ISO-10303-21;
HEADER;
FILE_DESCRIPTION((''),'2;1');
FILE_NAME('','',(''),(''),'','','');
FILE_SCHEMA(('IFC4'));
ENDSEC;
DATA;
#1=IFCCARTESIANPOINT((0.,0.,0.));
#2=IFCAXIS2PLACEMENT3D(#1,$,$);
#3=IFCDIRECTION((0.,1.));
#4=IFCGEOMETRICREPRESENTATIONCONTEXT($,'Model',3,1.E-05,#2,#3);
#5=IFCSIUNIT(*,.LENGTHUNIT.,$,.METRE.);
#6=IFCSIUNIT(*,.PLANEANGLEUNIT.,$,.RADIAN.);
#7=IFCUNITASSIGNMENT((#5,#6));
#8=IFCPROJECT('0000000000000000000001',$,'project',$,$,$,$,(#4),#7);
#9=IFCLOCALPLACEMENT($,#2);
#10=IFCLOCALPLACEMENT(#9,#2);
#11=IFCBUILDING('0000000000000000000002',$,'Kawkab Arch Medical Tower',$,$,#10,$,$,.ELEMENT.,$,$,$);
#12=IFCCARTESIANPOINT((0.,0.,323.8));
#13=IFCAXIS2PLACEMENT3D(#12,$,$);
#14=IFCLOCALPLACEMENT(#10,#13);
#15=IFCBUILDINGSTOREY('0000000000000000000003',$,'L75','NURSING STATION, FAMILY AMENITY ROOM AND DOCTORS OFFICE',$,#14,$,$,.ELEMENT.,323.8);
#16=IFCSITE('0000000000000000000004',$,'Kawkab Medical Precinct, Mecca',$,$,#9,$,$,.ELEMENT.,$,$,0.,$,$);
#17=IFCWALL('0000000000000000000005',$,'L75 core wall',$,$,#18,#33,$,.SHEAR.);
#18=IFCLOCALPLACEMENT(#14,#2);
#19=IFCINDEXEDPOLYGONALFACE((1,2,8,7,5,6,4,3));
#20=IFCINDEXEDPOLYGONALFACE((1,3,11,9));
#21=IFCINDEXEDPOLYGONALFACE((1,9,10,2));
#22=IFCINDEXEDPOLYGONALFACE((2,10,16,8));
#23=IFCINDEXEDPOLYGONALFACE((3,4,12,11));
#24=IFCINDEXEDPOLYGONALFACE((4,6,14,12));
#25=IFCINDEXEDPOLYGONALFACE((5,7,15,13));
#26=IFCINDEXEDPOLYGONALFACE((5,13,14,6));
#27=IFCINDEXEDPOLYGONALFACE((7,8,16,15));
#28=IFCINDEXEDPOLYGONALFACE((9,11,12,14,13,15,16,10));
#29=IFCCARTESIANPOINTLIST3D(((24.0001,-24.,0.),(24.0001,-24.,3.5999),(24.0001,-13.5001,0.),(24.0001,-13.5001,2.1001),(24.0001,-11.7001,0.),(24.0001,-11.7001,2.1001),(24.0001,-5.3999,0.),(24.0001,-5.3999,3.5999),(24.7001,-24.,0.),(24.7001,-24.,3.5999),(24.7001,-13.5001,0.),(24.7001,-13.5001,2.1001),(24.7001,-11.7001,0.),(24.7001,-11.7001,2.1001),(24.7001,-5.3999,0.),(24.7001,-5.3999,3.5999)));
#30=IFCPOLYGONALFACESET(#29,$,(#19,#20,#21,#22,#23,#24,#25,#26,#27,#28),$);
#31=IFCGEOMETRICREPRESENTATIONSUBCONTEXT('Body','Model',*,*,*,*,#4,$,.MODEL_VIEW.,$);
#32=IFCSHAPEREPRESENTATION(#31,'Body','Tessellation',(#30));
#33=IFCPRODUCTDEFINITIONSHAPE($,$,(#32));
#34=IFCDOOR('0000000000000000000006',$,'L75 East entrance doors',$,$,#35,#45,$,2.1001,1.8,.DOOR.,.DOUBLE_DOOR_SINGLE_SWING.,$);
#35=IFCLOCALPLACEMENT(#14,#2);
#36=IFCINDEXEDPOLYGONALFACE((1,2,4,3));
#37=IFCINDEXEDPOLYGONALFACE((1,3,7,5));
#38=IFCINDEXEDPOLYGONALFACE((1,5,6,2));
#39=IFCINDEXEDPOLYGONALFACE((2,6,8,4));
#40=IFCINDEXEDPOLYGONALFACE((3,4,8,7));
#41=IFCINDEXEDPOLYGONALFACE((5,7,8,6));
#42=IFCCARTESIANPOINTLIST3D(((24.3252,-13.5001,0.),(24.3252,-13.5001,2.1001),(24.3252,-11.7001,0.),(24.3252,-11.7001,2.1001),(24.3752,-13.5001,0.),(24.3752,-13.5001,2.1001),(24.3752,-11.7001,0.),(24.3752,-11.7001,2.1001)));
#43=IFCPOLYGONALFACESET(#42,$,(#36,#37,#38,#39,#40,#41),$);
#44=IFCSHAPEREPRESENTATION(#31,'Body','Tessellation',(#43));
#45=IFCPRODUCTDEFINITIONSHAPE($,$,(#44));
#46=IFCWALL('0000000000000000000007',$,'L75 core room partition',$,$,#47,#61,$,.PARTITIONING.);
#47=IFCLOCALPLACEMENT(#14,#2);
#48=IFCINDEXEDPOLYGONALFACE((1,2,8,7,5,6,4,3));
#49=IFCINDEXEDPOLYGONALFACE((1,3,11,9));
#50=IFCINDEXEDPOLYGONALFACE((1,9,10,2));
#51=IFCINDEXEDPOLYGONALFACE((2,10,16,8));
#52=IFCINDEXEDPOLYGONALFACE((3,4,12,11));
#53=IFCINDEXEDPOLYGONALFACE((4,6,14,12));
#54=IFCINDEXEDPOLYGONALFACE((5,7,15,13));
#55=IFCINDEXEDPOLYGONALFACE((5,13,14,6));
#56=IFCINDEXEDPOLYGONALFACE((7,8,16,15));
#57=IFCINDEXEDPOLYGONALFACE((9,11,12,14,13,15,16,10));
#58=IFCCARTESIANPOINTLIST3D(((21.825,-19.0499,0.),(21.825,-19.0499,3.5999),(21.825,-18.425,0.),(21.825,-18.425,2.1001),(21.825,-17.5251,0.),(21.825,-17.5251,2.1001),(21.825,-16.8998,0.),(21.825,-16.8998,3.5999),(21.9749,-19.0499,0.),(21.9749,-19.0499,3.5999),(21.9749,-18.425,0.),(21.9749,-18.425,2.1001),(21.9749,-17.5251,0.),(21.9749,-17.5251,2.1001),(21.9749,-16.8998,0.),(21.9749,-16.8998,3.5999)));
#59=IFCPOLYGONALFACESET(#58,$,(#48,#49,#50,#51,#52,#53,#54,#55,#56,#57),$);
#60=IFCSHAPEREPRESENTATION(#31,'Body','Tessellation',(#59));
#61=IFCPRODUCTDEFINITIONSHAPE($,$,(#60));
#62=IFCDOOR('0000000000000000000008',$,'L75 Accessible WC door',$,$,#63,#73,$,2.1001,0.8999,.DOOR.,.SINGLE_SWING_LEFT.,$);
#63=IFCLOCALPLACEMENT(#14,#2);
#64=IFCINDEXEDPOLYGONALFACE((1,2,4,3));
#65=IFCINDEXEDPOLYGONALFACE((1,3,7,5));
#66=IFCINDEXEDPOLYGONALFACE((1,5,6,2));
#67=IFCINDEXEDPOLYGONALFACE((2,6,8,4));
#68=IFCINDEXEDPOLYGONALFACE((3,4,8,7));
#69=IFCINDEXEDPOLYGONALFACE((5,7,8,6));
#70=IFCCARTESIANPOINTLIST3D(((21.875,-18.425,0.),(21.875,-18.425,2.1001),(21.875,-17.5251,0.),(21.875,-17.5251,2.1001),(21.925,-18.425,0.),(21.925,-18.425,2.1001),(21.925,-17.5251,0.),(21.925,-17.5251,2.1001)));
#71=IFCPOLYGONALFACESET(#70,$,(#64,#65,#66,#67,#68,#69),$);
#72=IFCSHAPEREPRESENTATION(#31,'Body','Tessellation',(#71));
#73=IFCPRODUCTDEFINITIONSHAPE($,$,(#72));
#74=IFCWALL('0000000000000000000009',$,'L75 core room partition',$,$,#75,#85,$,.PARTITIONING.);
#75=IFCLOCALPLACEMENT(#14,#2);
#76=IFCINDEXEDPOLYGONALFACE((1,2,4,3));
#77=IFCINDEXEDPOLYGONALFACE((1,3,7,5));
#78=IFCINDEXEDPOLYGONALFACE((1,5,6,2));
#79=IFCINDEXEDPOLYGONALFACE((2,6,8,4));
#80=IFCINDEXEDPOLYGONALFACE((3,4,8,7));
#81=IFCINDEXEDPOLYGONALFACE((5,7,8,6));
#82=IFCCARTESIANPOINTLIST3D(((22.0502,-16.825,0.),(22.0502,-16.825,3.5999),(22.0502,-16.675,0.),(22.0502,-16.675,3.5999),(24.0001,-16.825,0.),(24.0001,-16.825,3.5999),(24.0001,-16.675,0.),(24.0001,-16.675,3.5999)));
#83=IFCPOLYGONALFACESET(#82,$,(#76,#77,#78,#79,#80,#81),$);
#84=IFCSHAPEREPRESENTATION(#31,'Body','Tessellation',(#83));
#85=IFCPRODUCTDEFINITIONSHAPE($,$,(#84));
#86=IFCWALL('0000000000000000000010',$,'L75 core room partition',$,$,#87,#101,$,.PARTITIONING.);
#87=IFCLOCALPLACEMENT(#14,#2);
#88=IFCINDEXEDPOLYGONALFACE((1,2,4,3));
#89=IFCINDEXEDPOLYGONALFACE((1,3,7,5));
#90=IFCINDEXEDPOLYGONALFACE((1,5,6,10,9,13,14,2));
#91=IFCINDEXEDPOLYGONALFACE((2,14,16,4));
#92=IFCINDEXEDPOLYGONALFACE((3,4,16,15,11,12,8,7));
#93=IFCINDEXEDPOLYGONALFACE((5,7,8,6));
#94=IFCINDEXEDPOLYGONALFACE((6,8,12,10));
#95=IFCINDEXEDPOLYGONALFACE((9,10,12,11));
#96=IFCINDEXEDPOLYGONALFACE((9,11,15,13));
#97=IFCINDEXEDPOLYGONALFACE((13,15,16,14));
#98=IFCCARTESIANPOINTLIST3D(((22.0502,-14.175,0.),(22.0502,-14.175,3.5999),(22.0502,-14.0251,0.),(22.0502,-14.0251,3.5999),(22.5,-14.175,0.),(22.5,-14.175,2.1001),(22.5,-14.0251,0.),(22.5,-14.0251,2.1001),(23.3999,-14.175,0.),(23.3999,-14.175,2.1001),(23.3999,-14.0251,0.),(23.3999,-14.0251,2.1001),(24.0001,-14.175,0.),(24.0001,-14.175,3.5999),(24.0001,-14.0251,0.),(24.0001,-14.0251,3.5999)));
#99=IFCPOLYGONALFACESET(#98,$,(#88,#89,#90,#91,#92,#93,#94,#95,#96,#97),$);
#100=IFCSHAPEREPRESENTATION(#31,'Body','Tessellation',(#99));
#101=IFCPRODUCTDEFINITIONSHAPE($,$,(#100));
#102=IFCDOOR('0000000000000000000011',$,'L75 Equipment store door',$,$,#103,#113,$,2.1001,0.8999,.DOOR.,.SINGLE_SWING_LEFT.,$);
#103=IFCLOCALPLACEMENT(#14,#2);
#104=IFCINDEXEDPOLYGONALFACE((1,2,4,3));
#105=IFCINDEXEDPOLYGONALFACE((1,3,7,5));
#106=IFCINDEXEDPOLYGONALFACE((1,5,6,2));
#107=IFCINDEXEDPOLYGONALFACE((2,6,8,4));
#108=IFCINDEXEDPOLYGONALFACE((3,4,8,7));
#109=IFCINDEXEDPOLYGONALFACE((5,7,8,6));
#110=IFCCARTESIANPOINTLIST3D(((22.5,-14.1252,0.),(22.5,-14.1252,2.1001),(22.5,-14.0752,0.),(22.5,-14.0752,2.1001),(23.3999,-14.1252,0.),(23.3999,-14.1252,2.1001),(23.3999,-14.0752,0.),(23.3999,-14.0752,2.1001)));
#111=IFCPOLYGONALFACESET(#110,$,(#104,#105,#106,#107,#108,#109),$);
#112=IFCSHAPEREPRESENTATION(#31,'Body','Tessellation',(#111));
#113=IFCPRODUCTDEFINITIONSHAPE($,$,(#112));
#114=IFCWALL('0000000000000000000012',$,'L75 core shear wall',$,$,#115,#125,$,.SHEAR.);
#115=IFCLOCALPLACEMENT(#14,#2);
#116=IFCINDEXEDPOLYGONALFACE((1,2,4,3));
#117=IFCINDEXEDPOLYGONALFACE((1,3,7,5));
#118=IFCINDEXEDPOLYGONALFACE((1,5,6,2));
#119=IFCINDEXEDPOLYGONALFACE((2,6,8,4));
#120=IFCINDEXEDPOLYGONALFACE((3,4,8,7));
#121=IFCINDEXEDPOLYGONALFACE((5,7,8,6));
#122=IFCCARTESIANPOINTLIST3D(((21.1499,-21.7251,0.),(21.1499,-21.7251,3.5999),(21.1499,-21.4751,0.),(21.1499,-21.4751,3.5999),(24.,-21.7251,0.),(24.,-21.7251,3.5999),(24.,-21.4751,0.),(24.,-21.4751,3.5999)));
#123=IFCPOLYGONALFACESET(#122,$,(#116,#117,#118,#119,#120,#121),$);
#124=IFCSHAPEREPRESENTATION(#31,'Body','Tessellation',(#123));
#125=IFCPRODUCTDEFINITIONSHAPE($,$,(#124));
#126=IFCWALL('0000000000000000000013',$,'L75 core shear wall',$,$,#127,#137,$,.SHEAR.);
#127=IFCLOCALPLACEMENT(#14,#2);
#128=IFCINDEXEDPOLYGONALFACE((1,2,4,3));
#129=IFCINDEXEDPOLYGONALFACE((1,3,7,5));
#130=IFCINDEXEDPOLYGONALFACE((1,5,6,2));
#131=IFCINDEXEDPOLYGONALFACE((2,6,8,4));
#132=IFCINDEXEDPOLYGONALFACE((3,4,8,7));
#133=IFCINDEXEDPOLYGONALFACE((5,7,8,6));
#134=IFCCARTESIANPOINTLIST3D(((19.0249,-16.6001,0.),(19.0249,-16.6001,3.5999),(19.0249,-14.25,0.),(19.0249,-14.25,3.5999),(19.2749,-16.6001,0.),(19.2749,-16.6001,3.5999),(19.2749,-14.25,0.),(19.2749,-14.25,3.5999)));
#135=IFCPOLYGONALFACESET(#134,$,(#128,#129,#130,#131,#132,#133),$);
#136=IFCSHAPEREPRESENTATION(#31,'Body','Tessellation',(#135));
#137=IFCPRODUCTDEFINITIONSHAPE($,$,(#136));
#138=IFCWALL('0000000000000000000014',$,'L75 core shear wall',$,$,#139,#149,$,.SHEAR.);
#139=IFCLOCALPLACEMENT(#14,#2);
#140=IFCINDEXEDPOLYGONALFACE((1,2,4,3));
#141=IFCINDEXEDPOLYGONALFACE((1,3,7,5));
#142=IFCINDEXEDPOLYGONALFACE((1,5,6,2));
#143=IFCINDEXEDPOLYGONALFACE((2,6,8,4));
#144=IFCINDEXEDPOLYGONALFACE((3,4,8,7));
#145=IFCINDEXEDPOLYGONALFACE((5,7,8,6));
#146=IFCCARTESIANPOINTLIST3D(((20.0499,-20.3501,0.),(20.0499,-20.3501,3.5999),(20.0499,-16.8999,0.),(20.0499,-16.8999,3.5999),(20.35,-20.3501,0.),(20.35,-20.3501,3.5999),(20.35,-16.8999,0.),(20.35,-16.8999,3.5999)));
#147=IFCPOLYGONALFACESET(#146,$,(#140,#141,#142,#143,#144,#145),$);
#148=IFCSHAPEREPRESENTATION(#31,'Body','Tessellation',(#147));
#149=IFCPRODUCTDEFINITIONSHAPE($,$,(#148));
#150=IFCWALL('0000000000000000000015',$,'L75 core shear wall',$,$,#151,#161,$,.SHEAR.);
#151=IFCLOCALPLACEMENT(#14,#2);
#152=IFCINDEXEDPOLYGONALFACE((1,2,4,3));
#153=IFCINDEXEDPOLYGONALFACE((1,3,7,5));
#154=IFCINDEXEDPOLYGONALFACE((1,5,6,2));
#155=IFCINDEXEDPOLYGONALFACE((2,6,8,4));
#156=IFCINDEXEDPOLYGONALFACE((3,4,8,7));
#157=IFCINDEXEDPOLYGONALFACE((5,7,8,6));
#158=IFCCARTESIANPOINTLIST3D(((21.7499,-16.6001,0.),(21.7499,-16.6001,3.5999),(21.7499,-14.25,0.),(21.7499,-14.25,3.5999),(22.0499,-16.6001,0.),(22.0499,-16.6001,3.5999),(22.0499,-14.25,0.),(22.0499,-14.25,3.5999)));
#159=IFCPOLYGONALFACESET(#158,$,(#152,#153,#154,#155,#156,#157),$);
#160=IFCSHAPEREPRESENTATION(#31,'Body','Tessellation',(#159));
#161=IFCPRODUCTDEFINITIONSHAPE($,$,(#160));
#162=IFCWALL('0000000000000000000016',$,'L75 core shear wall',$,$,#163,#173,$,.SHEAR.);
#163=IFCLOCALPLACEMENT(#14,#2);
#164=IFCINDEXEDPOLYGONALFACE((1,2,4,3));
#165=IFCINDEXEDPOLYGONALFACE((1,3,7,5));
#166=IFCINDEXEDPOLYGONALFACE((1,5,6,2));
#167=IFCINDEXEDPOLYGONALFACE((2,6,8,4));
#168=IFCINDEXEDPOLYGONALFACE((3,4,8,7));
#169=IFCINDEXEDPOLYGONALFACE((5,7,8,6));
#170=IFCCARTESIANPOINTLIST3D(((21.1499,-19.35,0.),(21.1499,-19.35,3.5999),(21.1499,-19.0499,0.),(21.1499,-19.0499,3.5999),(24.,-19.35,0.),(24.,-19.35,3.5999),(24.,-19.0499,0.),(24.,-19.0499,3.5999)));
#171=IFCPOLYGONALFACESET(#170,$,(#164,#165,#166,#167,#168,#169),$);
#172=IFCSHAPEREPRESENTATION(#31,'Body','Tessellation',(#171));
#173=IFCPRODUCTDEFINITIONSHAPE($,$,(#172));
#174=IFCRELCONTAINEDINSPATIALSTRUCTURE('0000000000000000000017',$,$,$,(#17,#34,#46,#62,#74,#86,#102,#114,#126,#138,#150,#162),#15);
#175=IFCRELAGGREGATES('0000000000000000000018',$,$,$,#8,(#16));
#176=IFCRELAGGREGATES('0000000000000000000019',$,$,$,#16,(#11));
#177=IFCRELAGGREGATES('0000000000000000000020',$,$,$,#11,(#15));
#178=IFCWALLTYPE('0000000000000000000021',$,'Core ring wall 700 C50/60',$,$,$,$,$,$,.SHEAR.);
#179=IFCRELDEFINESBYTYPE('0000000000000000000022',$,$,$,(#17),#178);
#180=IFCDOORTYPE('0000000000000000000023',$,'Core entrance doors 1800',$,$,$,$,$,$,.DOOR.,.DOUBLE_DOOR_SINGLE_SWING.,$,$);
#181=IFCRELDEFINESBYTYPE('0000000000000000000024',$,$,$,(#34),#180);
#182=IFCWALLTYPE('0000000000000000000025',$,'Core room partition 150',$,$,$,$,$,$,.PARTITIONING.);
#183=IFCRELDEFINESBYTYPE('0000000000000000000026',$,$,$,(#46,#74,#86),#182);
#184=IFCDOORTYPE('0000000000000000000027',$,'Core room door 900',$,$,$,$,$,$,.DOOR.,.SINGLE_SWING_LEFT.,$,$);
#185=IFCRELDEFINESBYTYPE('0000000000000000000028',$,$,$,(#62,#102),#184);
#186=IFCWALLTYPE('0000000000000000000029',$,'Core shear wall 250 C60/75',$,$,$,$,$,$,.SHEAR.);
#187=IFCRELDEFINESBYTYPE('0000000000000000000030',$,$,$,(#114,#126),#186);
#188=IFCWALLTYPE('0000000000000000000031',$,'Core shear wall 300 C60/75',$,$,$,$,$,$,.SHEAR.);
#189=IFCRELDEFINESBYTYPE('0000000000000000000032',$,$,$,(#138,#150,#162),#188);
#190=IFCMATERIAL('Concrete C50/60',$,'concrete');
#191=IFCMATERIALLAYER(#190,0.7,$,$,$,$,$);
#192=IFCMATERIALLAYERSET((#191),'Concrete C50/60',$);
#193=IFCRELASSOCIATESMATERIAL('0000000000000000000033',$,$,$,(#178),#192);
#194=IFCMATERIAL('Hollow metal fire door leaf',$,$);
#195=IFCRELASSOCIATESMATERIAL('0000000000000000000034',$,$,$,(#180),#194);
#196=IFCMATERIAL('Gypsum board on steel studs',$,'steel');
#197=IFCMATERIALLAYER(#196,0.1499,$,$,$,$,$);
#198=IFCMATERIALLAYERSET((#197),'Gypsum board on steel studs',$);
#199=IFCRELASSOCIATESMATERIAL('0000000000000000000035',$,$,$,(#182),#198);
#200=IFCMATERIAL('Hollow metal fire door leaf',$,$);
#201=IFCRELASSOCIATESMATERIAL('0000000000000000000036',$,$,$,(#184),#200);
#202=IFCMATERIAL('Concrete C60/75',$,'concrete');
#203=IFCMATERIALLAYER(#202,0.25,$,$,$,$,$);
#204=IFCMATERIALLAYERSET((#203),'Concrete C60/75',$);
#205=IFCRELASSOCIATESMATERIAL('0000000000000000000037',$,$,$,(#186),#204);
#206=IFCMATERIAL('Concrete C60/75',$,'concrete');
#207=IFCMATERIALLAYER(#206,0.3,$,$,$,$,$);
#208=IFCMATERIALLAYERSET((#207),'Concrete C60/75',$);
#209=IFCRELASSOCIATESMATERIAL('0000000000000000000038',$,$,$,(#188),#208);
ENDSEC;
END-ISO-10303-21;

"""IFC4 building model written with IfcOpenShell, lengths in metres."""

from ifc_helpers import new_model, si_unit, direction, frame, frame_2d, origin, place, context, subcontext, project, spatial, rectangle, extrude, material, layer, layer_set, type_object, element, fill, save


model = new_model("IFC4")

# Units and contexts
model_context = context("Model", 3, precision=1e-05, world=origin(), true_north=direction((0.0, 1.0)))
body_context = subcontext(model_context, "Body", "Model", "MODEL_VIEW")
ifc_project = project(units=[si_unit("LENGTHUNIT", "METRE"), si_unit("PLANEANGLEUNIT", "RADIAN")], contexts=[model_context])

# Site, building, storey
site_placement = place(None, origin())
site = spatial("IfcSite", under=ifc_project, at=site_placement, Name="Kawkab Medical Precinct, Mecca", CompositionType="ELEMENT", RefElevation=0.0)
building_placement = place(site_placement, origin())
building = spatial("IfcBuilding", under=site, at=building_placement, Name="Kawkab Arch Medical Tower", CompositionType="ELEMENT")
storey_placement = place(building_placement, frame((0.0, 0.0, 323.8)))
storey = spatial("IfcBuildingStorey", under=building, at=storey_placement, Name="L75", Description="NURSING STATION, FAMILY AMENITY ROOM AND DOCTORS OFFICE", CompositionType="ELEMENT", Elevation=323.8)

# Walls, openings, doors
ifc_material_1 = material(Name="Concrete C50/60", Category="concrete")
ifc_layer_1 = layer(ifc_material_1, 0.7)
ifc_layer_set_1 = layer_set([ifc_layer_1], Name="Concrete C50/60")
wall_type_1 = type_object("IfcWallType", Name="Core ring wall 700 C50/60", PredefinedType="SHEAR", material=ifc_layer_set_1)
wall_1_placement = place(storey_placement, frame((24.3501, -24.0, 0.0), z_axis=(0.0, 0.0, 1.0), x_axis=(0.0, 1.0, 0.0)))
wall_1 = element("IfcWall", 1, at=wall_1_placement, inside=storey, type_object=wall_type_1, Name="L75 core wall", PredefinedType="SHEAR", context=body_context, shape_type="SweptSolid", body=[
    extrude(rectangle(XDim=18.6001, YDim=0.7, at=frame_2d((9.3, 0.0))), origin(), (0.0, 0.0, 1.0), 3.5999),
])
opening_1_placement = place(wall_1_placement, frame((10.5, 0.0, 0.0)))
opening_1 = element("IfcOpeningElement", 2, at=opening_1_placement, cuts=wall_1, PredefinedType="OPENING", context=body_context, shape_type="SweptSolid", body=[
    extrude(rectangle(XDim=1.8, YDim=2.1001, at=frame_2d((0.8999, 1.05))), frame((0.0, 0.3599, 0.0), z_axis=(0.0, -1.0, 0.0), x_axis=(1.0, 0.0, 0.0)), (0.0, 0.0, 1.0), 0.72),
])
ifc_material_2 = material(Name="Hollow metal fire door leaf")
door_type_1 = type_object("IfcDoorType", Name="Core entrance doors 1800", OperationType="DOUBLE_DOOR_SINGLE_SWING", PredefinedType="DOOR", material=ifc_material_2)
door_1_placement = place(opening_1_placement, origin())
door_1 = element("IfcDoor", 3, at=door_1_placement, inside=storey, type_object=door_type_1, Name="L75 East entrance doors", OperationType="DOUBLE_DOOR_SINGLE_SWING", OverallHeight=2.1001, OverallWidth=1.8, PredefinedType="DOOR", context=body_context, shape_type="SweptSolid", body=[
    extrude(rectangle(XDim=1.8, YDim=2.1001, at=frame_2d((0.8999, 1.05))), frame((0.0, 0.0249, 0.0), z_axis=(0.0, -1.0, 0.0), x_axis=(1.0, 0.0, 0.0)), (0.0, 0.0, 1.0), 0.05),
])
fill(opening_1, door_1)
ifc_material_3 = material(Name="Gypsum board on steel studs", Category="steel")
ifc_layer_2 = layer(ifc_material_3, 0.1499)
ifc_layer_set_2 = layer_set([ifc_layer_2], Name="Gypsum board on steel studs")
wall_type_2 = type_object("IfcWallType", Name="Core room partition 150", PredefinedType="PARTITIONING", material=ifc_layer_set_2)
wall_2_placement = place(storey_placement, frame((21.8999, -19.05, 0.0), z_axis=(0.0, 0.0, 1.0), x_axis=(0.0, 1.0, 0.0)))
wall_2 = element("IfcWall", 4, at=wall_2_placement, inside=storey, type_object=wall_type_2, Name="L75 core room partition", PredefinedType="PARTITIONING", context=body_context, shape_type="SweptSolid", body=[
    extrude(rectangle(XDim=2.1501, YDim=0.1499, at=frame_2d((1.0752, 0.0))), origin(), (0.0, 0.0, 1.0), 3.5999),
])
opening_2_placement = place(wall_2_placement, frame((0.625, 0.0, 0.0)))
opening_2 = element("IfcOpeningElement", 5, at=opening_2_placement, cuts=wall_2, PredefinedType="OPENING", context=body_context, shape_type="SweptSolid", body=[
    extrude(rectangle(XDim=0.8999, YDim=2.1001, at=frame_2d((0.45, 1.05))), frame((0.0, 0.085, 0.0), z_axis=(0.0, -1.0, 0.0), x_axis=(1.0, 0.0, 0.0)), (0.0, 0.0, 1.0), 0.1699),
])
ifc_material_4 = material(Name="Hollow metal fire door leaf")
door_type_2 = type_object("IfcDoorType", Name="Core room door 900", OperationType="SINGLE_SWING_LEFT", PredefinedType="DOOR", material=ifc_material_4)
door_2_placement = place(opening_2_placement, origin())
door_2 = element("IfcDoor", 6, at=door_2_placement, inside=storey, type_object=door_type_2, Name="L75 Accessible WC door", OperationType="SINGLE_SWING_LEFT", OverallHeight=2.1001, OverallWidth=0.8999, PredefinedType="DOOR", context=body_context, shape_type="SweptSolid", body=[
    extrude(rectangle(XDim=0.8999, YDim=2.1001, at=frame_2d((0.45, 1.05))), frame((0.0, 0.0249, 0.0), z_axis=(0.0, -1.0, 0.0), x_axis=(1.0, 0.0, 0.0)), (0.0, 0.0, 1.0), 0.05),
])
fill(opening_2, door_2)

# Wall
wall_3_placement = place(storey_placement, frame((22.05, -16.75, 0.0), z_axis=(0.0, 0.0, 1.0), x_axis=(1.0, 0.0, 0.0)))
element("IfcWall", 7, at=wall_3_placement, inside=storey, type_object=wall_type_2, Name="L75 core room partition", PredefinedType="PARTITIONING", context=body_context, shape_type="SweptSolid", body=[
    extrude(rectangle(XDim=1.95, YDim=0.1499, at=frame_2d((0.9751, 0.0))), origin(), (0.0, 0.0, 1.0), 3.5999),
])

# Wall, opening, door
wall_4_placement = place(storey_placement, frame((22.05, -14.1001, 0.0), z_axis=(0.0, 0.0, 1.0), x_axis=(1.0, 0.0, 0.0)))
wall_4 = element("IfcWall", 8, at=wall_4_placement, inside=storey, type_object=wall_type_2, Name="L75 core room partition", PredefinedType="PARTITIONING", context=body_context, shape_type="SweptSolid", body=[
    extrude(rectangle(XDim=1.95, YDim=0.1499, at=frame_2d((0.9751, 0.0))), origin(), (0.0, 0.0, 1.0), 3.5999),
])
opening_3_placement = place(wall_4_placement, frame((0.45, 0.0, 0.0)))
opening_3 = element("IfcOpeningElement", 9, at=opening_3_placement, cuts=wall_4, PredefinedType="OPENING", context=body_context, shape_type="SweptSolid", body=[
    extrude(rectangle(XDim=0.8999, YDim=2.1001, at=frame_2d((0.45, 1.05))), frame((0.0, 0.085, 0.0), z_axis=(0.0, -1.0, 0.0), x_axis=(1.0, 0.0, 0.0)), (0.0, 0.0, 1.0), 0.1699),
])
door_3_placement = place(opening_3_placement, origin())
door_3 = element("IfcDoor", 10, at=door_3_placement, inside=storey, type_object=door_type_2, Name="L75 Equipment store door", OperationType="SINGLE_SWING_LEFT", OverallHeight=2.1001, OverallWidth=0.8999, PredefinedType="DOOR", context=body_context, shape_type="SweptSolid", body=[
    extrude(rectangle(XDim=0.8999, YDim=2.1001, at=frame_2d((0.45, 1.05))), frame((0.0, 0.0249, 0.0), z_axis=(0.0, -1.0, 0.0), x_axis=(1.0, 0.0, 0.0)), (0.0, 0.0, 1.0), 0.05),
])
fill(opening_3, door_3)

# Walls
ifc_material_5 = material(Name="Concrete C60/75", Category="concrete")
ifc_layer_3 = layer(ifc_material_5, 0.25)
ifc_layer_set_3 = layer_set([ifc_layer_3], Name="Concrete C60/75")
wall_type_3 = type_object("IfcWallType", Name="Core shear wall 250 C60/75", PredefinedType="SHEAR", material=ifc_layer_set_3)
wall_5_placement = place(storey_placement, frame((21.1499, -21.6001, 0.0), z_axis=(0.0, 0.0, 1.0), x_axis=(1.0, 0.0, 0.0)))
element("IfcWall", 11, at=wall_5_placement, inside=storey, type_object=wall_type_3, Name="L75 core shear wall", PredefinedType="SHEAR", context=body_context, shape_type="SweptSolid", body=[
    extrude(rectangle(XDim=2.8501, YDim=0.25, at=frame_2d((1.425, 0.0))), origin(), (0.0, 0.0, 1.0), 3.5999),
])
wall_6_placement = place(storey_placement, frame((19.1499, -16.6001, 0.0), z_axis=(0.0, 0.0, 1.0), x_axis=(0.0, 1.0, 0.0)))
element("IfcWall", 12, at=wall_6_placement, inside=storey, type_object=wall_type_3, Name="L75 core shear wall", PredefinedType="SHEAR", context=body_context, shape_type="SweptSolid", body=[
    extrude(rectangle(XDim=2.3501, YDim=0.25, at=frame_2d((1.175, 0.0))), origin(), (0.0, 0.0, 1.0), 3.5999),
])
ifc_material_6 = material(Name="Concrete C60/75", Category="concrete")
ifc_layer_4 = layer(ifc_material_6, 0.3)
ifc_layer_set_4 = layer_set([ifc_layer_4], Name="Concrete C60/75")
wall_type_4 = type_object("IfcWallType", Name="Core shear wall 300 C60/75", PredefinedType="SHEAR", material=ifc_layer_set_4)
wall_7_placement = place(storey_placement, frame((20.2, -20.3501, 0.0), z_axis=(0.0, 0.0, 1.0), x_axis=(0.0, 1.0, 0.0)))
element("IfcWall", 13, at=wall_7_placement, inside=storey, type_object=wall_type_4, Name="L75 core shear wall", PredefinedType="SHEAR", context=body_context, shape_type="SweptSolid", body=[
    extrude(rectangle(XDim=3.4502, YDim=0.3, at=frame_2d((1.7251, 0.0))), origin(), (0.0, 0.0, 1.0), 3.5999),
])
wall_8_placement = place(storey_placement, frame((21.8999, -16.6001, 0.0), z_axis=(0.0, 0.0, 1.0), x_axis=(0.0, 1.0, 0.0)))
element("IfcWall", 14, at=wall_8_placement, inside=storey, type_object=wall_type_4, Name="L75 core shear wall", PredefinedType="SHEAR", context=body_context, shape_type="SweptSolid", body=[
    extrude(rectangle(XDim=2.3501, YDim=0.3, at=frame_2d((1.175, 0.0))), origin(), (0.0, 0.0, 1.0), 3.5999),
])
wall_9_placement = place(storey_placement, frame((21.1499, -19.2, 0.0), z_axis=(0.0, 0.0, 1.0), x_axis=(1.0, 0.0, 0.0)))
element("IfcWall", 15, at=wall_9_placement, inside=storey, type_object=wall_type_4, Name="L75 core shear wall", PredefinedType="SHEAR", context=body_context, shape_type="SweptSolid", body=[
    extrude(rectangle(XDim=2.8501, YDim=0.3, at=frame_2d((1.425, 0.0))), origin(), (0.0, 0.0, 1.0), 3.5999),
])

save(model, "model.ifc")
